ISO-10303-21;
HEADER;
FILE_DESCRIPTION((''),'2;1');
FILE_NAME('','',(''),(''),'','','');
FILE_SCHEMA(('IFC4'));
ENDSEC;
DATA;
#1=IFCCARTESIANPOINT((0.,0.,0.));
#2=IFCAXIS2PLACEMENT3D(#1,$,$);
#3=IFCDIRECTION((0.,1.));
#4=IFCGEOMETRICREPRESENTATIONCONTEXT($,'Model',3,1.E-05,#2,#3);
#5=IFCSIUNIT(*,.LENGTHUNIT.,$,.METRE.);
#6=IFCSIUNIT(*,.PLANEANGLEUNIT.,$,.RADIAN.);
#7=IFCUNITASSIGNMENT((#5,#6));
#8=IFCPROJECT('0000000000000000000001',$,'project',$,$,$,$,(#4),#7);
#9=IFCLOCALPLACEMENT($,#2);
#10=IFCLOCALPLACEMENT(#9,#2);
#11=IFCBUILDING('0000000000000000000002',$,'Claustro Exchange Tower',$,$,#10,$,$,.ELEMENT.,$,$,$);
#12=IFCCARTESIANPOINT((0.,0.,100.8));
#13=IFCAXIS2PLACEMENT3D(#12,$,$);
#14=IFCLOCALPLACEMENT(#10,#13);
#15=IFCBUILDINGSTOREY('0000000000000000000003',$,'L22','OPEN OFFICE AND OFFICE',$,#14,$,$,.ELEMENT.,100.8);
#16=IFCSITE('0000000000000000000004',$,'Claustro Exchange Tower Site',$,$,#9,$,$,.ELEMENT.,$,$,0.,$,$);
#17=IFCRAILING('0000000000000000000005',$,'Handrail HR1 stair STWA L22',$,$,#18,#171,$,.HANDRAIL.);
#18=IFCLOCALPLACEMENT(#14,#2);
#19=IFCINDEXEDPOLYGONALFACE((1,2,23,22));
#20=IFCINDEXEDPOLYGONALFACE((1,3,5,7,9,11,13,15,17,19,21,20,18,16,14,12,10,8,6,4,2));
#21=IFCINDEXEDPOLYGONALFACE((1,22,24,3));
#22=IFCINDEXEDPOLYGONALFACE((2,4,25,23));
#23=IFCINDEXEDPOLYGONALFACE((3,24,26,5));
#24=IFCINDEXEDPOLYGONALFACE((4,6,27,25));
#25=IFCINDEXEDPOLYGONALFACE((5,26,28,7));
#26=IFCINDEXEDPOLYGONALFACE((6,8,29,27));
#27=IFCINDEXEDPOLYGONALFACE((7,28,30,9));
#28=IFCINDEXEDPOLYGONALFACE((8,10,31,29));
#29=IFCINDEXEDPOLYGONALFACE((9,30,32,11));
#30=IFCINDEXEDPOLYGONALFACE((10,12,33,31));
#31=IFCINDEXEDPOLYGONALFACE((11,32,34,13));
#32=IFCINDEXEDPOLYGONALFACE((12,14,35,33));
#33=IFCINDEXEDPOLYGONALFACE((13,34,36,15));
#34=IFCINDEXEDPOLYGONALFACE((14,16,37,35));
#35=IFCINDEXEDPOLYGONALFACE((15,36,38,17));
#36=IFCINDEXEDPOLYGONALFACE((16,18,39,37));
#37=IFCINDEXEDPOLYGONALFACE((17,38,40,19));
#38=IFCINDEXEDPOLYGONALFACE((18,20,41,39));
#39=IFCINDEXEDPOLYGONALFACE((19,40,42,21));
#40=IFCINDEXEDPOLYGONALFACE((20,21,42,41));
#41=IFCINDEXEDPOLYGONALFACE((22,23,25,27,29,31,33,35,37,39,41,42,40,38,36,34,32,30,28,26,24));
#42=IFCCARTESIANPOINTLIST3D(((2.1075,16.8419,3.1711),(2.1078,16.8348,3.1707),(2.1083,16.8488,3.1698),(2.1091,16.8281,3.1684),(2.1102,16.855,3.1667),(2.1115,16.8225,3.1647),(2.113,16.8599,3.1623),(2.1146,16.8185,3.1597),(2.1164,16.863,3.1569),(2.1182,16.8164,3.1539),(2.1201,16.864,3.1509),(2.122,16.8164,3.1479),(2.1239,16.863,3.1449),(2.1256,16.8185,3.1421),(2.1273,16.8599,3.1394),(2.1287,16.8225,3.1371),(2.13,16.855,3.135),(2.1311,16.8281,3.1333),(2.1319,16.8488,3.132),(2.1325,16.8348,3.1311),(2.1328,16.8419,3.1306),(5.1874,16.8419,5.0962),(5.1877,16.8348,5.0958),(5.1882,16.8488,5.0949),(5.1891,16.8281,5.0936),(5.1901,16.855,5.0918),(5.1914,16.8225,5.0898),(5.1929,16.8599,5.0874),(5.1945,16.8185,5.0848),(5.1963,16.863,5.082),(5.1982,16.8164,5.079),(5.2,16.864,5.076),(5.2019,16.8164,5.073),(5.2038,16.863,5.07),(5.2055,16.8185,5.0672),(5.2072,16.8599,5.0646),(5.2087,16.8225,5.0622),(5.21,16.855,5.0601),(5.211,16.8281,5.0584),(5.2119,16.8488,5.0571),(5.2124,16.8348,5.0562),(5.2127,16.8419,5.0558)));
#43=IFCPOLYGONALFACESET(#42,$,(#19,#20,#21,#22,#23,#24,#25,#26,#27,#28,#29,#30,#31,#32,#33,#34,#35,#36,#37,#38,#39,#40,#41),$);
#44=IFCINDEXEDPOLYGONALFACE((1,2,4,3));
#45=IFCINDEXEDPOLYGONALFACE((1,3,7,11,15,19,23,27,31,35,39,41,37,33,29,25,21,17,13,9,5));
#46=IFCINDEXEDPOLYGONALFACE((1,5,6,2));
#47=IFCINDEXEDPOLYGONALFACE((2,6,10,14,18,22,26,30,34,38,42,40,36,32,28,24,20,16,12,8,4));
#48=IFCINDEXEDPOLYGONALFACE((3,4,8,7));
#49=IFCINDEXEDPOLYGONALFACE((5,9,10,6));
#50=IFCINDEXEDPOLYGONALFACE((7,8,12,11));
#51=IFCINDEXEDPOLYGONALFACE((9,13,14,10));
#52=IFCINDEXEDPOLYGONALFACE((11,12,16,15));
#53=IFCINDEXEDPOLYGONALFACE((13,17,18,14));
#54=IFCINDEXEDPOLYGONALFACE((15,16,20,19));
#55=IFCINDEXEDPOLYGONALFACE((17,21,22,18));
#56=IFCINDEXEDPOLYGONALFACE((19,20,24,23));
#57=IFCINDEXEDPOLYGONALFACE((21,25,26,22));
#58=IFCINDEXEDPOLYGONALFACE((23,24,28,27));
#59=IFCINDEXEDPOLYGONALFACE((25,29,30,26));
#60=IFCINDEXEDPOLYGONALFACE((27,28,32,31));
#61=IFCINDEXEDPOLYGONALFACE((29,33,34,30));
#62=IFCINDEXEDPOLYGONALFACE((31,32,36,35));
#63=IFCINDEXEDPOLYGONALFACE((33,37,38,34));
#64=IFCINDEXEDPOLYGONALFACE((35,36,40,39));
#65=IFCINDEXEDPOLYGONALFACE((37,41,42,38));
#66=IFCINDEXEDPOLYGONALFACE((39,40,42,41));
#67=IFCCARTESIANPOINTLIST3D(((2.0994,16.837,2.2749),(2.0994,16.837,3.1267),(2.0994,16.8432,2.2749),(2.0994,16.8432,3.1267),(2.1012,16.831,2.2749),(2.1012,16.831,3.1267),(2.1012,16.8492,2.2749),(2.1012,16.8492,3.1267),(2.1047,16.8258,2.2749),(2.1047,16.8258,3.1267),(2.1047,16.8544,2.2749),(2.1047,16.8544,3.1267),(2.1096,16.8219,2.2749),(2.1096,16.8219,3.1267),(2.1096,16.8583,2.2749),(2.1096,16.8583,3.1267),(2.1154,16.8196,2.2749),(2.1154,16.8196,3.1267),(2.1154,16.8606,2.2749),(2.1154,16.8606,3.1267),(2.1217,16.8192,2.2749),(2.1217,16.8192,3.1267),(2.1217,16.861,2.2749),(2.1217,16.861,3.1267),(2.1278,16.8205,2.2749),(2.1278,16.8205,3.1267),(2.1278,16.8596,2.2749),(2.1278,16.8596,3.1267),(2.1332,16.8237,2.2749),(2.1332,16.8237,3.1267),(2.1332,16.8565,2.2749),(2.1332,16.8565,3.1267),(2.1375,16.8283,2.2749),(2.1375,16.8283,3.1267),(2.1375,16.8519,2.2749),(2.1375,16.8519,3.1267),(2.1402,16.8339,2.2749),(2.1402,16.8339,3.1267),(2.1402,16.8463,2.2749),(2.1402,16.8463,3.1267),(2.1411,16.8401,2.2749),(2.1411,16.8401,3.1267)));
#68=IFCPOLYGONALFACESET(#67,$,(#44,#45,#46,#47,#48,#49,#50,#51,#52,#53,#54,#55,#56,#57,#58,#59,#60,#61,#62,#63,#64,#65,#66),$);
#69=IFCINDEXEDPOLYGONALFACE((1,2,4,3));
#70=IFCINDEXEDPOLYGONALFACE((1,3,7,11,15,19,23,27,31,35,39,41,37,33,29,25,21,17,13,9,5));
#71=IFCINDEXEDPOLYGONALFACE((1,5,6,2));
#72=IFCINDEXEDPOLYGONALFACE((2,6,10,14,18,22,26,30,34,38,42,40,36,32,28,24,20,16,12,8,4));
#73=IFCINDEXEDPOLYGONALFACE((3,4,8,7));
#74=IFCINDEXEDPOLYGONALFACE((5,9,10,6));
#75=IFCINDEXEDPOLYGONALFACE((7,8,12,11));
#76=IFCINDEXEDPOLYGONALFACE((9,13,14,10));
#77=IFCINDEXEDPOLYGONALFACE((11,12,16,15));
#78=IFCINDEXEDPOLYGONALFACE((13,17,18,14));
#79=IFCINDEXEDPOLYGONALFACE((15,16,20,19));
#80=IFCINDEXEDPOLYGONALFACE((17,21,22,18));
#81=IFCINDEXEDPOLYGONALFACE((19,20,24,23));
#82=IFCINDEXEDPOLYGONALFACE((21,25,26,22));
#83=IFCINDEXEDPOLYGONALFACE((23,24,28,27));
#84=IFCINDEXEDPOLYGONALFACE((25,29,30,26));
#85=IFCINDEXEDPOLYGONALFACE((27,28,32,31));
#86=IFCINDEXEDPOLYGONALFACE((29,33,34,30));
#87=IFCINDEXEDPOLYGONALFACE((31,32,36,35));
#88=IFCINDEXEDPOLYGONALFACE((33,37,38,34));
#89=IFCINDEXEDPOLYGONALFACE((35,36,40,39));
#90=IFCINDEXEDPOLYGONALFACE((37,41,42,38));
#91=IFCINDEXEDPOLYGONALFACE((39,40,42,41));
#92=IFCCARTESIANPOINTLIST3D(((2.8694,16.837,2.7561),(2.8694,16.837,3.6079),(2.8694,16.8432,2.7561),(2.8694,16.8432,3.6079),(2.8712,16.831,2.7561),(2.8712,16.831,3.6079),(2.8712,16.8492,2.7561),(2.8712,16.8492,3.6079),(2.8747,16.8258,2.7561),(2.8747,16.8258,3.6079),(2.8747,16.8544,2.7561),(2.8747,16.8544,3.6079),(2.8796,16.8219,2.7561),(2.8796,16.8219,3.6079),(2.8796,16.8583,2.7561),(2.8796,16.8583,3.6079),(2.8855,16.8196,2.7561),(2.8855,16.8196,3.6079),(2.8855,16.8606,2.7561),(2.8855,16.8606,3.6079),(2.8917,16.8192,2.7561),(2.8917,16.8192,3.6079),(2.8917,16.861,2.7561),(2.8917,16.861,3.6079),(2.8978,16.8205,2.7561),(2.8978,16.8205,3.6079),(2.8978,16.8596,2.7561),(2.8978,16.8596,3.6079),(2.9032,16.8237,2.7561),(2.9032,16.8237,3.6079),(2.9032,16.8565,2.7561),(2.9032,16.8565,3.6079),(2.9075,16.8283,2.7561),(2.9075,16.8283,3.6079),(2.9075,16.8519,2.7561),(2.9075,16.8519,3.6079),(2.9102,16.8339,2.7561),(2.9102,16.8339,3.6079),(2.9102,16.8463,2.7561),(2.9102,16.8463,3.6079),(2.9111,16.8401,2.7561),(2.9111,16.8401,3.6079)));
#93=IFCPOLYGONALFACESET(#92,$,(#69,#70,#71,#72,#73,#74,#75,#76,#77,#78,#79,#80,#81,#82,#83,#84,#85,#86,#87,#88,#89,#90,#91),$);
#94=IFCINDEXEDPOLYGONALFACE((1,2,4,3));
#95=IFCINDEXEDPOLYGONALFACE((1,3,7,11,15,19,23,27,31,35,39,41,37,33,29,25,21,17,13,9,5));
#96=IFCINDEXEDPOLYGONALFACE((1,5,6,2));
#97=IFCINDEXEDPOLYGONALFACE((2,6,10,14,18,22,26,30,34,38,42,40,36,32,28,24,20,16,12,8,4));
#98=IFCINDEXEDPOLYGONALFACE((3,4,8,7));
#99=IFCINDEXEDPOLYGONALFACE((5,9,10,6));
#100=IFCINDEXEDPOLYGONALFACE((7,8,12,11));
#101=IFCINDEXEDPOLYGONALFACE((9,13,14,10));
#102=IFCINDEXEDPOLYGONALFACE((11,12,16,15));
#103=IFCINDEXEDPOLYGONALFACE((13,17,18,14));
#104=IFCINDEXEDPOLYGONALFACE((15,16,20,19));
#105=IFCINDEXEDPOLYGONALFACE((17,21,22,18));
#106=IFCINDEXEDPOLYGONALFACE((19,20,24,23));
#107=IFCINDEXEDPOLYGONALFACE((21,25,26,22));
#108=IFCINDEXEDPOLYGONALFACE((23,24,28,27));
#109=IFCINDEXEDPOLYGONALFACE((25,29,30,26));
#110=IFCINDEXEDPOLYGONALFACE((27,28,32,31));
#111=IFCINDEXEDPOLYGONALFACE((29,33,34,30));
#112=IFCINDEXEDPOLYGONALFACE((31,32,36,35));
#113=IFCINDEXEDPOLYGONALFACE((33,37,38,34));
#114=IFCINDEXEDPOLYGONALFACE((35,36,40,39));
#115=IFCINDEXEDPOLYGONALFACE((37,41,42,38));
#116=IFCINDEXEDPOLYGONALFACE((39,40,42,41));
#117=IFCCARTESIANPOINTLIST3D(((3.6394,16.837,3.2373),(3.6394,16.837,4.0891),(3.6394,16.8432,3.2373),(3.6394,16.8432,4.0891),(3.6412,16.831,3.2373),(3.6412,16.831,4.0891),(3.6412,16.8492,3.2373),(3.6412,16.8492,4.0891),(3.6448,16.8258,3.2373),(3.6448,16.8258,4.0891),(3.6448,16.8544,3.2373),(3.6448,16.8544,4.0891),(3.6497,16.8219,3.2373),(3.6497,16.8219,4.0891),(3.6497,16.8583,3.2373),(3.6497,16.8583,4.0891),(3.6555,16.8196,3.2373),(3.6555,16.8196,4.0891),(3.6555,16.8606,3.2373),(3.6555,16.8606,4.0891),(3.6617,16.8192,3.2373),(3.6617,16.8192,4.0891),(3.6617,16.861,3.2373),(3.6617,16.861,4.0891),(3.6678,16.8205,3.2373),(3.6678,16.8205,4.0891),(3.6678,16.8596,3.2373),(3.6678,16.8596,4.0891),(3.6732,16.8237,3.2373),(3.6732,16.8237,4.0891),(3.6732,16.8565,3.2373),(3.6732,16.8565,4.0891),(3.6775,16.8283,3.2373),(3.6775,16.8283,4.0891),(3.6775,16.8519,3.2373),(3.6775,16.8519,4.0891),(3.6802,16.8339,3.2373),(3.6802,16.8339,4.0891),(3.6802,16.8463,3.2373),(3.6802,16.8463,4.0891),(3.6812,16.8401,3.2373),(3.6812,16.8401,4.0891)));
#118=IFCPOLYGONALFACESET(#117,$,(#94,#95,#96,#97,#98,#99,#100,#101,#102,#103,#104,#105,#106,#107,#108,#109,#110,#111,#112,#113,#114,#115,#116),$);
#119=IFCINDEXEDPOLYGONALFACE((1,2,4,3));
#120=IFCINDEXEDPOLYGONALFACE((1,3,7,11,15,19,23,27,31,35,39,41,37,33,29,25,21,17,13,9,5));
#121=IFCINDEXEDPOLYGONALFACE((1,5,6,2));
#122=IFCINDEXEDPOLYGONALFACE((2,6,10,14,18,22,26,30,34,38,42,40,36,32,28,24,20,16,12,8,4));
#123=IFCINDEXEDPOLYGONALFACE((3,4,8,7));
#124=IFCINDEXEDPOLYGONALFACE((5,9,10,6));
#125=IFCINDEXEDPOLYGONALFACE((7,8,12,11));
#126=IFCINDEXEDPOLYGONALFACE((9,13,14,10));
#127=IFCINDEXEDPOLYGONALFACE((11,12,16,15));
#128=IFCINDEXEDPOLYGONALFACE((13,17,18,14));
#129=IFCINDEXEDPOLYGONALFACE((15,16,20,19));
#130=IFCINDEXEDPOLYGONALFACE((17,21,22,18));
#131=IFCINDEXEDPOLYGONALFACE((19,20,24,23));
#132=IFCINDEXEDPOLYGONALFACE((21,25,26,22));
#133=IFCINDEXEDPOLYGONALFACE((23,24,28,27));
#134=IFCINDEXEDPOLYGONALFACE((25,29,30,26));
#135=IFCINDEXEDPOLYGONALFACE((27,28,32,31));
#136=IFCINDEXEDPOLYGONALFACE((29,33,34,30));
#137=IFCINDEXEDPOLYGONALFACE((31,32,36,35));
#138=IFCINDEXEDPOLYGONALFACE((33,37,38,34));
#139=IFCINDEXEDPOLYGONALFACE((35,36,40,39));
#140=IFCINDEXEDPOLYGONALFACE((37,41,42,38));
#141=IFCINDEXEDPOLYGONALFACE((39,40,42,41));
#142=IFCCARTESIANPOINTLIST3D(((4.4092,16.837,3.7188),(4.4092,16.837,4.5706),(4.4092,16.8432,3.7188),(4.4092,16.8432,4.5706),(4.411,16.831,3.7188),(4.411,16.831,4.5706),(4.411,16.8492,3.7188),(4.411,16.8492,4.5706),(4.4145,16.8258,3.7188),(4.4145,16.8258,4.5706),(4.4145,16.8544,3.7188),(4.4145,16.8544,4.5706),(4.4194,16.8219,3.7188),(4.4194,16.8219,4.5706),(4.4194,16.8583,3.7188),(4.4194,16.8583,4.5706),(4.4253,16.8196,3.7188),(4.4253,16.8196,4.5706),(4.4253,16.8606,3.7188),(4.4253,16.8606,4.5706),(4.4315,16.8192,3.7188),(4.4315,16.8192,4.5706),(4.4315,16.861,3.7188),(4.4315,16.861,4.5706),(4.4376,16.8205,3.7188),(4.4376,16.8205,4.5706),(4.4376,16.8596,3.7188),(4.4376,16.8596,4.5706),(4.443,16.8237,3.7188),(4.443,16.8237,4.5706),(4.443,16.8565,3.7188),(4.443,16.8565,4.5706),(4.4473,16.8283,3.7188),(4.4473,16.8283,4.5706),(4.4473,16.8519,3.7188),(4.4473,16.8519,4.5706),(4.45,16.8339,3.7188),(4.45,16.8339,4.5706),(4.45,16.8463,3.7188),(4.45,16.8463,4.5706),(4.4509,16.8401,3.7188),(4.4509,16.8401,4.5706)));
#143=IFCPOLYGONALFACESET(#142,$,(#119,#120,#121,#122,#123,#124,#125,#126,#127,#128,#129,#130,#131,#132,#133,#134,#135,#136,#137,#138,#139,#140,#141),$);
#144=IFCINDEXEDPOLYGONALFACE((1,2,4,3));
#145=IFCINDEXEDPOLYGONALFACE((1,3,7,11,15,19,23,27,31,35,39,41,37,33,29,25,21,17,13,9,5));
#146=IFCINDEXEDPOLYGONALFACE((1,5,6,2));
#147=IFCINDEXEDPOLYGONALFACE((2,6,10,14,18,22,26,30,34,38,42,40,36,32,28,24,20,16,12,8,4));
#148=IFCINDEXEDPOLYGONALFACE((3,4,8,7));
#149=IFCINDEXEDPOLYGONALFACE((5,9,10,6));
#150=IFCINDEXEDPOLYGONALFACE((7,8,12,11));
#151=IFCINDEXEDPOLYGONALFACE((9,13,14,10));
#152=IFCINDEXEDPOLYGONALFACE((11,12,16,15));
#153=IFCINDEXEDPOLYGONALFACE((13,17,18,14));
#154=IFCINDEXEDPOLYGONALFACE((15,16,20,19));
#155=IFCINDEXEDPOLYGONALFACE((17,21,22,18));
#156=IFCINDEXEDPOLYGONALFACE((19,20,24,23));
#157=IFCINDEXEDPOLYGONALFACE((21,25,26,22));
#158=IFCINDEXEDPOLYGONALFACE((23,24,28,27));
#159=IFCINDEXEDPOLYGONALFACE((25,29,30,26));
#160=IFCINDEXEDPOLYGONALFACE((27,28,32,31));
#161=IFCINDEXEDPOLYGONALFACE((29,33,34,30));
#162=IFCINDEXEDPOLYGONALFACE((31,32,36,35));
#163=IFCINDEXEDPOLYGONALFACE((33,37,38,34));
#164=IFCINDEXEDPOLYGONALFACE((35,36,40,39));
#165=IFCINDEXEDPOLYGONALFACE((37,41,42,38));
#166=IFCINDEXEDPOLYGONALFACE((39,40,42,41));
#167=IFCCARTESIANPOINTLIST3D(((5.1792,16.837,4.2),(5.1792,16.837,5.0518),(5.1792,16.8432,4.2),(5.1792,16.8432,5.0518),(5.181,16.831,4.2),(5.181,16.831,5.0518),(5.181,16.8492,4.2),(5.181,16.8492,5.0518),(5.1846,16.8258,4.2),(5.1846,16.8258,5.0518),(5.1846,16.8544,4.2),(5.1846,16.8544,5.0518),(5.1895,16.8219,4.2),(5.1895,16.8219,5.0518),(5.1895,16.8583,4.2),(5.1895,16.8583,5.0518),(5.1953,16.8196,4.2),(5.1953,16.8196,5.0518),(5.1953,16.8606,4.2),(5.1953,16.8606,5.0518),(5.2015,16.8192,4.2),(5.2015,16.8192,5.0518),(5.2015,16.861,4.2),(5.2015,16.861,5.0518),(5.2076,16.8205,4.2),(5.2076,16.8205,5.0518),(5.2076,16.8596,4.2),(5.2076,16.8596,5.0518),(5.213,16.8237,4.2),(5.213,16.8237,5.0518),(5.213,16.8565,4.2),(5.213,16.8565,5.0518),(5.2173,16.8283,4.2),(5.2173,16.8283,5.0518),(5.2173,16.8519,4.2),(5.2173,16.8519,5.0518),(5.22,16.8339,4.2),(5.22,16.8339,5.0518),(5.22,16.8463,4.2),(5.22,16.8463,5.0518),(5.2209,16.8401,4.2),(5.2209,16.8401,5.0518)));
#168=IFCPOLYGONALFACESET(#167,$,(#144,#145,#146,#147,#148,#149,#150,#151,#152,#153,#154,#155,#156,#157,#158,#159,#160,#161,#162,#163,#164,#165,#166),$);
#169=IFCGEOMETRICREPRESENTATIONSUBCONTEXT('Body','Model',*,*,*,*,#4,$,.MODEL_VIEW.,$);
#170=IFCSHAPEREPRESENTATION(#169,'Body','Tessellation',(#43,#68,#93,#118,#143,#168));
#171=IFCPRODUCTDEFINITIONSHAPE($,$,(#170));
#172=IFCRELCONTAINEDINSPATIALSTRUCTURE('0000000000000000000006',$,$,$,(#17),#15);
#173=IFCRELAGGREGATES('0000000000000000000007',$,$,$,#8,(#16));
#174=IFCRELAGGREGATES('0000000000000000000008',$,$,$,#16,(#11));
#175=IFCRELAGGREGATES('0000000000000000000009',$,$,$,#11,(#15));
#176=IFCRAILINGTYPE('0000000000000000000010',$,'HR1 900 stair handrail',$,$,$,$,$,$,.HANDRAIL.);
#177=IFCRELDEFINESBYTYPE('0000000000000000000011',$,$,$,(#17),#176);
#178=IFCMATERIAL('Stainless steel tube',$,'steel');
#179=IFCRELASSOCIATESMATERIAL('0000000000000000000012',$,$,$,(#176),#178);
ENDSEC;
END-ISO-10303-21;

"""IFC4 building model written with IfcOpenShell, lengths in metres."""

from ifc_helpers import new_model, si_unit, direction, frame, origin, origin_2d, place, context, subcontext, project, spatial, circle, extrude, material, type_object, element, save


model = new_model("IFC4")

# Units and contexts
model_context = context("Model", 3, precision=1e-05, world=origin(), true_north=direction((0.0, 1.0)))
body_context = subcontext(model_context, "Body", "Model", "MODEL_VIEW")
ifc_project = project(units=[si_unit("LENGTHUNIT", "METRE"), si_unit("PLANEANGLEUNIT", "RADIAN")], contexts=[model_context])

# Site, building, storey
site_placement = place(None, origin())
site = spatial("IfcSite", under=ifc_project, at=site_placement, Name="Claustro Exchange Tower Site", CompositionType="ELEMENT", RefElevation=0.0)
building_placement = place(site_placement, origin())
building = spatial("IfcBuilding", under=site, at=building_placement, Name="Claustro Exchange Tower", CompositionType="ELEMENT")
storey_placement = place(building_placement, frame((0.0, 0.0, 100.8)))
storey = spatial("IfcBuildingStorey", under=building, at=storey_placement, Name="L22", Description="OPEN OFFICE AND OFFICE", CompositionType="ELEMENT", Elevation=100.8)

# Railing
ifc_material_1 = material(Name="Stainless steel tube", Category="steel")
railing_type = type_object("IfcRailingType", Name="HR1 900 stair handrail", PredefinedType="HANDRAIL", material=ifc_material_1)
railing_placement = place(storey_placement, frame((2.1201, 16.8401, 2.2749)))
element("IfcRailing", 1, at=railing_placement, inside=storey, type_object=railing_type, Name="Handrail HR1 stair STWA L22", PredefinedType="HANDRAIL", context=body_context, shape_type="SweptSolid", body=[
    extrude(circle(Radius=0.0239, at=origin_2d()), frame((0.0, 0.0, 0.876), z_axis=(0.847979, 0.0, 0.530029), x_axis=(0.0, 1.0, 0.0)), (0.0, 0.0, 1.0), 3.6321),
    extrude(circle(Radius=0.021, at=origin_2d()), origin(), (0.0, 0.0, 1.0), 0.8518),
    extrude(circle(Radius=0.021, at=origin_2d()), frame((0.77, 0.0, 0.4812)), (0.0, 0.0, 1.0), 0.8518),
    extrude(circle(Radius=0.021, at=origin_2d()), frame((1.54, 0.0, 0.9624)), (0.0, 0.0, 1.0), 0.8518),
    extrude(circle(Radius=0.021, at=origin_2d()), frame((2.3098, 0.0, 1.4438)), (0.0, 0.0, 1.0), 0.8518),
    extrude(circle(Radius=0.021, at=origin_2d()), frame((3.0798, 0.0, 1.925)), (0.0, 0.0, 1.0), 0.8518),
])

save(model, "model.ifc")
